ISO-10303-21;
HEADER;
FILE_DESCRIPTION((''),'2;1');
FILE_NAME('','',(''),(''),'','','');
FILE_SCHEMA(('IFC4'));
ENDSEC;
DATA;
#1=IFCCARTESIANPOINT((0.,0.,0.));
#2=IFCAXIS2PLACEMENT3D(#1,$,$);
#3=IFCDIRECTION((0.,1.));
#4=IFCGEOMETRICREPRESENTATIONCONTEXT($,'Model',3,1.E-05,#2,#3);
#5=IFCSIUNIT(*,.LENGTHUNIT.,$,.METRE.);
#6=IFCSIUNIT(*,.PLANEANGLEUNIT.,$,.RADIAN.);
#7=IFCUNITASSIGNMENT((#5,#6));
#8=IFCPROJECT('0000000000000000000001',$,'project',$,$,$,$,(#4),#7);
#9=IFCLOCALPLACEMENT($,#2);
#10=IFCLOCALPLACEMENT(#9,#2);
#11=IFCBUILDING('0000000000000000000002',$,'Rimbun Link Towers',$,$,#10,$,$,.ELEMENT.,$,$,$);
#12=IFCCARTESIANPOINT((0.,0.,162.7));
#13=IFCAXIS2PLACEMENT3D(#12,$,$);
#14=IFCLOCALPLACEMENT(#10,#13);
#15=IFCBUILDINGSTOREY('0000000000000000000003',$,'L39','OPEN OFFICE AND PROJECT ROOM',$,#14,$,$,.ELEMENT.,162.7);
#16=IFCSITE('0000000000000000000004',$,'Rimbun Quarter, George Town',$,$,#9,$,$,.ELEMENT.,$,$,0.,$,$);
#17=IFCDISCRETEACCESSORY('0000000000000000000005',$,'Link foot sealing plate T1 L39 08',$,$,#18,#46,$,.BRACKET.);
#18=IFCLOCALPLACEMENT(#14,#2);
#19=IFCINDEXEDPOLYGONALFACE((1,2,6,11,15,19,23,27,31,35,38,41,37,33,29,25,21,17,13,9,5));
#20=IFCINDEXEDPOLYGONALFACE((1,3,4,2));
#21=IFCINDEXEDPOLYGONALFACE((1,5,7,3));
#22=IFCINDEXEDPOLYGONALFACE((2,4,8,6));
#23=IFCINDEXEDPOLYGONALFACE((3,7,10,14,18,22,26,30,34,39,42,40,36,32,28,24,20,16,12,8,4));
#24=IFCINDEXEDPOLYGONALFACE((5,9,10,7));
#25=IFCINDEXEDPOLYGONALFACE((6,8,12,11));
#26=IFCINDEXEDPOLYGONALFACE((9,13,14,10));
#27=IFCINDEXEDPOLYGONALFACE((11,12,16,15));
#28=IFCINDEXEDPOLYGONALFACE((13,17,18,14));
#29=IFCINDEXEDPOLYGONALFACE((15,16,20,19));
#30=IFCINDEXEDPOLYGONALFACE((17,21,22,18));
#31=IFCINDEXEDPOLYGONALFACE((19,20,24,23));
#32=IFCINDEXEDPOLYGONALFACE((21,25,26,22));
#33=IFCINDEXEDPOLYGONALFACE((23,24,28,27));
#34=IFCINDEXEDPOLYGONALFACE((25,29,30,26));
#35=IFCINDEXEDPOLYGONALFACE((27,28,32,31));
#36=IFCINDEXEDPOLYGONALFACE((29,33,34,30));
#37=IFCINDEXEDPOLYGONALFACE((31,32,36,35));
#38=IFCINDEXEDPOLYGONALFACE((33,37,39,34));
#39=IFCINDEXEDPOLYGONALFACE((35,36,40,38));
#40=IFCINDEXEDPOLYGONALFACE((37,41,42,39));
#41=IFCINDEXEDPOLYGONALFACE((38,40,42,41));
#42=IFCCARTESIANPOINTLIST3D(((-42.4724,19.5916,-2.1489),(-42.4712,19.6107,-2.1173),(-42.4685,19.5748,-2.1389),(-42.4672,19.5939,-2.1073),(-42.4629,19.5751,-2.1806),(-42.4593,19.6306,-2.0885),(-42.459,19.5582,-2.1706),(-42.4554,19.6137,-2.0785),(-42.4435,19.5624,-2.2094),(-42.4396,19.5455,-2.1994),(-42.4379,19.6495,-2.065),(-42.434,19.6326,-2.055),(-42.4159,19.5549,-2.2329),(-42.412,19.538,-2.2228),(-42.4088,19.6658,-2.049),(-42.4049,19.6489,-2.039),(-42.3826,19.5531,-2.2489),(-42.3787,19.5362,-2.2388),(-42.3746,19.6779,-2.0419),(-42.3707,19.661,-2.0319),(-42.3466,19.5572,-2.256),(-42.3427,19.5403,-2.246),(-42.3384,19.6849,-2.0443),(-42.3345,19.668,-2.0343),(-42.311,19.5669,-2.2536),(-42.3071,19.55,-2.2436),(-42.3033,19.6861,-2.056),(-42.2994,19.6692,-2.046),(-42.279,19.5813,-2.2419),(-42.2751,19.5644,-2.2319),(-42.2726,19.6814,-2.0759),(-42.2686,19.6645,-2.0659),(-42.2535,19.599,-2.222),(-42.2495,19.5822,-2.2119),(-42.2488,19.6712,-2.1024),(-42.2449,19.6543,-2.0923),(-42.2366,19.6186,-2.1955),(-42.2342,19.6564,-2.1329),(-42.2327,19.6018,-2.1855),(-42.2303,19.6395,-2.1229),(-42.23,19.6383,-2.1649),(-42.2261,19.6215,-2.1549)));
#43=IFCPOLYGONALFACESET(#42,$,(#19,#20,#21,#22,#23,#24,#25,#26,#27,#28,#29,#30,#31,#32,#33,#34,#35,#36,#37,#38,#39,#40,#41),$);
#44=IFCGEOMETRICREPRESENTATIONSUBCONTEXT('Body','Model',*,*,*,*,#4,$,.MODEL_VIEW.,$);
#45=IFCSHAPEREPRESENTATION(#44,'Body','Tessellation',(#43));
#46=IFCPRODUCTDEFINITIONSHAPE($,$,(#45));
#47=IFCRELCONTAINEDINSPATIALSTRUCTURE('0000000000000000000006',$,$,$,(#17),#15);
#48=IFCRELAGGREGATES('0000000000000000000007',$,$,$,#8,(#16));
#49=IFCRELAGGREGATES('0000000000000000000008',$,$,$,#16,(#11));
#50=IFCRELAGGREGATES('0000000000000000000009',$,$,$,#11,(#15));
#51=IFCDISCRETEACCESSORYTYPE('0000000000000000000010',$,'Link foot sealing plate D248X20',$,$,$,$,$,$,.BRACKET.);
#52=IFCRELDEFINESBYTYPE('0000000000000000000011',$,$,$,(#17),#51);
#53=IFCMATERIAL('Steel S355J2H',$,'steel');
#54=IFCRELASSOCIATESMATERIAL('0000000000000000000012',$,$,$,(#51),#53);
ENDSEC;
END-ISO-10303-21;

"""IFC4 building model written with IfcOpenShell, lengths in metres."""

from ifc_helpers import new_model, si_unit, direction, frame, origin, origin_2d, place, context, subcontext, project, spatial, circle, extrude, material, material_profile, profile_set, type_object, element, save


model = new_model("IFC4")

# Units and contexts
model_context = context("Model", 3, precision=1e-05, world=origin(), true_north=direction((0.0, 1.0)))
body_context = subcontext(model_context, "Body", "Model", "MODEL_VIEW")
ifc_project = project(units=[si_unit("LENGTHUNIT", "METRE"), si_unit("PLANEANGLEUNIT", "RADIAN")], contexts=[model_context])

# Site, building, storey
site_placement = place(None, origin())
site = spatial("IfcSite", under=ifc_project, at=site_placement, Name="Rimbun Quarter, George Town", CompositionType="ELEMENT", RefElevation=0.0)
building_placement = place(site_placement, origin())
building = spatial("IfcBuilding", under=site, at=building_placement, Name="Rimbun Link Towers", CompositionType="ELEMENT")
storey_placement = place(building_placement, frame((0.0, 0.0, 162.7)))
storey = spatial("IfcBuildingStorey", under=building, at=storey_placement, Name="L39", Description="OPEN OFFICE AND PROJECT ROOM", CompositionType="ELEMENT", Elevation=162.7)

# Discrete accessory
ifc_material_1 = material(Name="Steel S355J2H", Category="steel")
ifc_material_profile_1 = material_profile(ifc_material_1, circle(Radius=0.124, at=origin_2d()), Name="PL D248")
ifc_profile_set_1 = profile_set([ifc_material_profile_1], Name="Steel S355J2H")
discrete_accessory_type = type_object("IfcDiscreteAccessoryType", Name="Link foot sealing plate D248X20", PredefinedType="BRACKET", material=ifc_profile_set_1)
discrete_accessory_placement = place(storey_placement, frame((-42.3477, 19.6028, -2.1389), z_axis=(-0.1955, 0.843095, -0.500969), x_axis=(-0.974153, -0.22589, 0.0)))
element("IfcDiscreteAccessory", 1, at=discrete_accessory_placement, inside=storey, type_object=discrete_accessory_type, Name="Link foot sealing plate T1 L39 08", PredefinedType="BRACKET", context=body_context, shape_type="SweptSolid", body=[
    extrude(circle(Radius=0.124, at=origin_2d()), origin(), (0.0, 0.0, 1.0), 0.02),
])

save(model, "model.ifc")
